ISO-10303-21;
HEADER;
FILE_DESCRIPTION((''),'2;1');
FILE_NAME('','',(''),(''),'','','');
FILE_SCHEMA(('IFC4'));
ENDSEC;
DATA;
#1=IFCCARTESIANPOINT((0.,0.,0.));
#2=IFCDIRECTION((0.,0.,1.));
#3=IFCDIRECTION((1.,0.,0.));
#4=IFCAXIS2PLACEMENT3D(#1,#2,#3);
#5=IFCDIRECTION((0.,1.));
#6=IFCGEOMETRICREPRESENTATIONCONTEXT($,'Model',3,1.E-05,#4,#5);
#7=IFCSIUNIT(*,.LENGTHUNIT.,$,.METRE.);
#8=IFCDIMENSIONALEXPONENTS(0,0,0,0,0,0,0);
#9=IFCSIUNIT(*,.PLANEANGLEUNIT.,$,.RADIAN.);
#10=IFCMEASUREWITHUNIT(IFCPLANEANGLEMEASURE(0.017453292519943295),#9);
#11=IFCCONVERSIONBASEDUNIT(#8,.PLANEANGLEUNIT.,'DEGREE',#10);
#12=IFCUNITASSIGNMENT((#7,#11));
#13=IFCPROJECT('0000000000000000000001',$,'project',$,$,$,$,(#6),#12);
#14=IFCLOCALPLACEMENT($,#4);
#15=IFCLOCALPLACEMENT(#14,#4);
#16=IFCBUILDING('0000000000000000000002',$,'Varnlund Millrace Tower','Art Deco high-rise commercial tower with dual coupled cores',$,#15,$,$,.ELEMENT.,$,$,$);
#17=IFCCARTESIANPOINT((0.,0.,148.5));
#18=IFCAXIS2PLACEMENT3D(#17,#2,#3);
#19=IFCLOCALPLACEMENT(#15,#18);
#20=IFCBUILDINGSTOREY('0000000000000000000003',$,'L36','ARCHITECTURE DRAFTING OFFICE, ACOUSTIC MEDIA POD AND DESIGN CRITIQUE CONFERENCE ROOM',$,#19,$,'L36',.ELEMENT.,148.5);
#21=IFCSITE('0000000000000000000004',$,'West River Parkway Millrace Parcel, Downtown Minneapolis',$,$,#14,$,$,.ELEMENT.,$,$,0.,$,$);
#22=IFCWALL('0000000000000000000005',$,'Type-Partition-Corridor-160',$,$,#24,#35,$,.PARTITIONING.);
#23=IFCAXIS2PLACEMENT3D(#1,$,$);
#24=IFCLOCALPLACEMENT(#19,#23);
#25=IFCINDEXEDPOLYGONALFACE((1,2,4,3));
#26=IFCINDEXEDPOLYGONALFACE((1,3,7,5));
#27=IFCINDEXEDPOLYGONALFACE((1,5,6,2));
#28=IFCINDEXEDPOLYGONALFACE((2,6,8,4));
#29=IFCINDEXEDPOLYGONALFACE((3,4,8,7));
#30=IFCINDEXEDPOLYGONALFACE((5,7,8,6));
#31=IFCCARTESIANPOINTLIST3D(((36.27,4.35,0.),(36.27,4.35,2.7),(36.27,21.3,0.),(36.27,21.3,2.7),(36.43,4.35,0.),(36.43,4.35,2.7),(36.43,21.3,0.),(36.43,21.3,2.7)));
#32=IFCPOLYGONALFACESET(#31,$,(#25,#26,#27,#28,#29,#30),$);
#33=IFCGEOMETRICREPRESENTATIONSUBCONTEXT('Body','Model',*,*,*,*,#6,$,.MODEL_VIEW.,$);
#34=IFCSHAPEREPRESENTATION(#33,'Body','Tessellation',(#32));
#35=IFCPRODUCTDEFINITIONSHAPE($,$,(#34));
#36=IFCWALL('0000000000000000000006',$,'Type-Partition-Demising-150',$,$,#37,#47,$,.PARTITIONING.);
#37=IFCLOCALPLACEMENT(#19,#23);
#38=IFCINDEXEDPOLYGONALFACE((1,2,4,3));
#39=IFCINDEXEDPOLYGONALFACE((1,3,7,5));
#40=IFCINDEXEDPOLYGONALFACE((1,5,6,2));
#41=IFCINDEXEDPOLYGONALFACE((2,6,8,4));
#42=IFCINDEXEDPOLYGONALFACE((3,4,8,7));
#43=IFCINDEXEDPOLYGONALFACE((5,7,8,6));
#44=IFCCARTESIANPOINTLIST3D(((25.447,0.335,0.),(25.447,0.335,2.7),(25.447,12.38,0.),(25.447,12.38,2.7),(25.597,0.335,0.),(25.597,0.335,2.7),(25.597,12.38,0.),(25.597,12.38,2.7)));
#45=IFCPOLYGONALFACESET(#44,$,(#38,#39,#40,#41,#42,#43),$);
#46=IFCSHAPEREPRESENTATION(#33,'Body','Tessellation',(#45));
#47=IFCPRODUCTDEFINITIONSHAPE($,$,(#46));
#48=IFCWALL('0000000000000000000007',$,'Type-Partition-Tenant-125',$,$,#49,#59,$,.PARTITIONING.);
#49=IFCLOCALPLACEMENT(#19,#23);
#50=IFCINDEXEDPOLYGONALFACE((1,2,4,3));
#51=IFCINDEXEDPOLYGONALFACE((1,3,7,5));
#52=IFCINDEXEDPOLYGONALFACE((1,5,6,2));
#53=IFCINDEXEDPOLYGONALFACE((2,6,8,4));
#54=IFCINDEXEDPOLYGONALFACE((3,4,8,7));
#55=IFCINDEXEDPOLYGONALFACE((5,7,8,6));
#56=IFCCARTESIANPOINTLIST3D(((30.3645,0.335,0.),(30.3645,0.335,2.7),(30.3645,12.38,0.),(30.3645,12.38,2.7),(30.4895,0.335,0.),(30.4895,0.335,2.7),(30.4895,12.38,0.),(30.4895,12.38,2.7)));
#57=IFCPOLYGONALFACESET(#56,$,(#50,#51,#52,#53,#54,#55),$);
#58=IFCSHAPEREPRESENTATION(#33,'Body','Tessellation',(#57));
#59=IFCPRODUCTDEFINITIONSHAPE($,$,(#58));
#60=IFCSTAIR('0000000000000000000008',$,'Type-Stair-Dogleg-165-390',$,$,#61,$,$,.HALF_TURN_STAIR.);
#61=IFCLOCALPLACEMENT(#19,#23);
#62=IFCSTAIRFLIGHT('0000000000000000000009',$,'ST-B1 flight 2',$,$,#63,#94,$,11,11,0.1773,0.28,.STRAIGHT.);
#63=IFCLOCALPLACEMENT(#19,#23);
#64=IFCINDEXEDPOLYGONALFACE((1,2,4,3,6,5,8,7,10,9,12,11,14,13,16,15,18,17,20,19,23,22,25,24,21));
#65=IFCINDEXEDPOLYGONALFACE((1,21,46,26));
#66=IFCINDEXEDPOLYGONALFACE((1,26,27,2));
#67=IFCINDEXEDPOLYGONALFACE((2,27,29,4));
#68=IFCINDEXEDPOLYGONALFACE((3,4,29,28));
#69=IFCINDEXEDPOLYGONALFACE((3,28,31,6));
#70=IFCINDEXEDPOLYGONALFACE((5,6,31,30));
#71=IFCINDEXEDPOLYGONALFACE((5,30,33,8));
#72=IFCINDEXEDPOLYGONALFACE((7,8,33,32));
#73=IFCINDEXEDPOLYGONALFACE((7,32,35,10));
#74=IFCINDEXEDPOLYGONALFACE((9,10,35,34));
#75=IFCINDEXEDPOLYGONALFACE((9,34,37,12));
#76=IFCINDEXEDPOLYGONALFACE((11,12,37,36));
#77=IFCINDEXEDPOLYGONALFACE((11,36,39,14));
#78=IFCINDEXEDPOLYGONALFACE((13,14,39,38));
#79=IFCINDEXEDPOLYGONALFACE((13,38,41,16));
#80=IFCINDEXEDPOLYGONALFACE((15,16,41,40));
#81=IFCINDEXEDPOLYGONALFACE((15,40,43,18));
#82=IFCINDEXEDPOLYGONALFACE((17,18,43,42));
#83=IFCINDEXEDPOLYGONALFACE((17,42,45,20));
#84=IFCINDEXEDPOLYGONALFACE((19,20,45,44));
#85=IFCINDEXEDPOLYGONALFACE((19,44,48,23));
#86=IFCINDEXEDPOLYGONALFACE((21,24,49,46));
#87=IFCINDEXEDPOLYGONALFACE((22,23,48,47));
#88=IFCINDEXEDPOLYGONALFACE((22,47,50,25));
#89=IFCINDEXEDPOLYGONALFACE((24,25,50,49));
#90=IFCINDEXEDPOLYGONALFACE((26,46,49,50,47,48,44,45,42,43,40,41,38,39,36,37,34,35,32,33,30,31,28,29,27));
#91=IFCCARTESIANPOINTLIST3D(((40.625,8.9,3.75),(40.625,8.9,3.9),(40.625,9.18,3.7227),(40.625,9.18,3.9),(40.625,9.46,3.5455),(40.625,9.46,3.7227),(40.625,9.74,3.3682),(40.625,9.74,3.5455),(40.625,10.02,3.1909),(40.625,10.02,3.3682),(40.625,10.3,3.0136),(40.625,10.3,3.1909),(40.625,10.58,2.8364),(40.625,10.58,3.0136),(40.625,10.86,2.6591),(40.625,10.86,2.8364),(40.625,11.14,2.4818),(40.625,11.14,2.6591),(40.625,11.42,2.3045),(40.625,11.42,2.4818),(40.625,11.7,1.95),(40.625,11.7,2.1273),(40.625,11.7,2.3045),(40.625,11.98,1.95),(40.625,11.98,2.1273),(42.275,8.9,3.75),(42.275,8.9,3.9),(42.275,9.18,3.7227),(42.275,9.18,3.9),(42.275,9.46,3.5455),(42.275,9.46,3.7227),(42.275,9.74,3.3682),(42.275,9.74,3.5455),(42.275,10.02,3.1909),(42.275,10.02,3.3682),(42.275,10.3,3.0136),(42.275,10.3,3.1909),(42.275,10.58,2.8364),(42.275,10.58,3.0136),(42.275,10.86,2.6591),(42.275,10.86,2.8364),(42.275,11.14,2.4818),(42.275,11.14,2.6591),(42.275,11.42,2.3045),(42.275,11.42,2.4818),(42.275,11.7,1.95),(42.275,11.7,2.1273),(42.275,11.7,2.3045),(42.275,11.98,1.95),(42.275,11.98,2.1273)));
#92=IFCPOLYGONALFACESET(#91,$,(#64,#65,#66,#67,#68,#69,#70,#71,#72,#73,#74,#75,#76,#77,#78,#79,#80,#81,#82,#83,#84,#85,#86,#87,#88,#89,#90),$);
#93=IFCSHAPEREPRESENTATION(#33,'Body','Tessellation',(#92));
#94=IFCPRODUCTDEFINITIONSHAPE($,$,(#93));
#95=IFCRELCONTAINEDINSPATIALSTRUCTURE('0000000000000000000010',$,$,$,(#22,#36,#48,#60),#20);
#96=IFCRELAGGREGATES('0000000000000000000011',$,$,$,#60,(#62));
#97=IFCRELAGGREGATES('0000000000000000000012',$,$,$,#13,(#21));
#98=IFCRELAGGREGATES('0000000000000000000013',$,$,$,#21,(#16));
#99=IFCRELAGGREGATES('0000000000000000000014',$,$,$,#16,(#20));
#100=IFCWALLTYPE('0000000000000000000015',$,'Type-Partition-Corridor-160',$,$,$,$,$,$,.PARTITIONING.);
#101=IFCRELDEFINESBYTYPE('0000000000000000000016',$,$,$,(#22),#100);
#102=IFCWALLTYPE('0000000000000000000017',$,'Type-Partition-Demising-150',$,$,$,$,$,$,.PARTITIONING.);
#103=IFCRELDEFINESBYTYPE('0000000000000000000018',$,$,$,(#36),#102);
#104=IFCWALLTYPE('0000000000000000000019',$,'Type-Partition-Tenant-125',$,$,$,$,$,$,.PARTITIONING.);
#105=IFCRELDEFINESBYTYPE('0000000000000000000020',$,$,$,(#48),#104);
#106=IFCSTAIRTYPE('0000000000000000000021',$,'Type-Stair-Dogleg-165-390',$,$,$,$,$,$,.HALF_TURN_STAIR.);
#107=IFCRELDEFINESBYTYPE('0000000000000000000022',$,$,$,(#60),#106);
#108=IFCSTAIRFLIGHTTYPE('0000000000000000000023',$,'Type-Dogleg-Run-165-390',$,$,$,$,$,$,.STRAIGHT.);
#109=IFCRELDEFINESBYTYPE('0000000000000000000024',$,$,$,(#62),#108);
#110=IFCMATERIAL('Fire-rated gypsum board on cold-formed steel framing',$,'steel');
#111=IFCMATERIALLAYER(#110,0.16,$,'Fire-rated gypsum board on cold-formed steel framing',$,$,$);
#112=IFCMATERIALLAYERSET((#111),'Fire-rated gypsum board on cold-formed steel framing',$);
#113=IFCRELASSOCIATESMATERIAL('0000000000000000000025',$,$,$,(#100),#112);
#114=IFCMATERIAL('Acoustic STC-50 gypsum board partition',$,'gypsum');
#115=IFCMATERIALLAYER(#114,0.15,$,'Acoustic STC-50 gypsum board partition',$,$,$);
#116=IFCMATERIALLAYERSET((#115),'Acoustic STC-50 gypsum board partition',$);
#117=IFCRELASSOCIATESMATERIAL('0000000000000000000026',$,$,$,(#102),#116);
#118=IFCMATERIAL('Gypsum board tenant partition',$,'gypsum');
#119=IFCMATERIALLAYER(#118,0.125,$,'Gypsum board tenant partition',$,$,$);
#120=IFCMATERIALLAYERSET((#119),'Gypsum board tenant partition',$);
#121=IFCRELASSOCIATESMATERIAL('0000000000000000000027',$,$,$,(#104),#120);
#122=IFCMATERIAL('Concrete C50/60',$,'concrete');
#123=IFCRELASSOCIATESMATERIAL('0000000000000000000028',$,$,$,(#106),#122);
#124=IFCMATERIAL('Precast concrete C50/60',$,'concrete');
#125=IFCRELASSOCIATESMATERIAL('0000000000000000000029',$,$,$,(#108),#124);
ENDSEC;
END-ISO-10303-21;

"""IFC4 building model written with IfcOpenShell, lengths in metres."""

from ifc_helpers import new_model, entity, si_unit, converted_unit, direction, frame, origin_with_axes, place, context, subcontext, project, spatial, polyline, outline, extrude, material, layer, layer_set, type_object, element, aggregate, save


model = new_model("IFC4")

# Units and contexts
model_context = context("Model", 3, precision=1e-05, world=origin_with_axes(), true_north=direction((0.0, 1.0)))
body_context = subcontext(model_context, "Body", "Model", "MODEL_VIEW")
ifc_project = project(units=[si_unit("LENGTHUNIT", "METRE"), converted_unit("PLANEANGLEUNIT", "DEGREE", entity("IfcPlaneAngleMeasure", 0.017453292519943295), si_unit("PLANEANGLEUNIT", "RADIAN"), dimensions=[0, 0, 0, 0, 0, 0, 0])], contexts=[model_context])

# Site, building, storey
site_placement = place(None, origin_with_axes())
site = spatial("IfcSite", under=ifc_project, at=site_placement, Name="West River Parkway Millrace Parcel, Downtown Minneapolis", CompositionType="ELEMENT", RefElevation=0.0)
building_placement = place(site_placement, origin_with_axes())
building = spatial("IfcBuilding", under=site, at=building_placement, Name="Varnlund Millrace Tower", Description="Art Deco high-rise commercial tower with dual coupled cores", CompositionType="ELEMENT")
storey_placement = place(building_placement, frame((0.0, 0.0, 148.5), z_axis=(0.0, 0.0, 1.0), x_axis=(1.0, 0.0, 0.0)))
storey = spatial("IfcBuildingStorey", under=building, at=storey_placement, Name="L36", Description="ARCHITECTURE DRAFTING OFFICE, ACOUSTIC MEDIA POD AND DESIGN CRITIQUE CONFERENCE ROOM", LongName="L36", CompositionType="ELEMENT", Elevation=148.5)

# Walls
ifc_material_1 = material(Name="Fire-rated gypsum board on cold-formed steel framing", Category="steel")
ifc_layer_1 = layer(ifc_material_1, 0.16, Name="Fire-rated gypsum board on cold-formed steel framing")
ifc_layer_set_1 = layer_set([ifc_layer_1], Name="Fire-rated gypsum board on cold-formed steel framing")
wall_type_1 = type_object("IfcWallType", Name="Type-Partition-Corridor-160", PredefinedType="PARTITIONING", material=ifc_layer_set_1)
wall_1_placement = place(storey_placement, frame((36.35, 4.35, 0.0), z_axis=(0.0, 0.0, 1.0), x_axis=(0.0, 1.0, 0.0)))
element("IfcWall", 1, at=wall_1_placement, inside=storey, type_object=wall_type_1, Name="Type-Partition-Corridor-160", PredefinedType="PARTITIONING", context=body_context, shape_type="SweptSolid", body=[
    extrude(outline(polyline([(0.0, -0.08), (16.95, -0.08), (16.95, 0.08), (0.0, 0.08), (0.0, -0.08)])), origin_with_axes(), (0.0, 0.0, 1.0), 2.7),
])
ifc_material_2 = material(Name="Acoustic STC-50 gypsum board partition", Category="gypsum")
ifc_layer_2 = layer(ifc_material_2, 0.15, Name="Acoustic STC-50 gypsum board partition")
ifc_layer_set_2 = layer_set([ifc_layer_2], Name="Acoustic STC-50 gypsum board partition")
wall_type_2 = type_object("IfcWallType", Name="Type-Partition-Demising-150", PredefinedType="PARTITIONING", material=ifc_layer_set_2)
wall_2_placement = place(storey_placement, frame((25.522, 0.335, 0.0), z_axis=(0.0, 0.0, 1.0), x_axis=(0.0, 1.0, 0.0)))
element("IfcWall", 2, at=wall_2_placement, inside=storey, type_object=wall_type_2, Name="Type-Partition-Demising-150", PredefinedType="PARTITIONING", context=body_context, shape_type="SweptSolid", body=[
    extrude(outline(polyline([(0.0, -0.075), (12.045, -0.075), (12.045, 0.075), (0.0, 0.075), (0.0, -0.075)])), origin_with_axes(), (0.0, 0.0, 1.0), 2.7),
])
ifc_material_3 = material(Name="Gypsum board tenant partition", Category="gypsum")
ifc_layer_3 = layer(ifc_material_3, 0.125, Name="Gypsum board tenant partition")
ifc_layer_set_3 = layer_set([ifc_layer_3], Name="Gypsum board tenant partition")
wall_type_3 = type_object("IfcWallType", Name="Type-Partition-Tenant-125", PredefinedType="PARTITIONING", material=ifc_layer_set_3)
wall_3_placement = place(storey_placement, frame((30.427, 0.335, 0.0), z_axis=(0.0, 0.0, 1.0), x_axis=(0.0, 1.0, 0.0)))
element("IfcWall", 3, at=wall_3_placement, inside=storey, type_object=wall_type_3, Name="Type-Partition-Tenant-125", PredefinedType="PARTITIONING", context=body_context, shape_type="SweptSolid", body=[
    extrude(outline(polyline([(0.0, -0.0625), (12.045, -0.0625), (12.045, 0.0625), (0.0, 0.0625), (0.0, -0.0625)])), origin_with_axes(), (0.0, 0.0, 1.0), 2.7),
])

# Stair, stair flight
ifc_material_4 = material(Name="Concrete C50/60", Category="concrete")
stair_type = type_object("IfcStairType", Name="Type-Stair-Dogleg-165-390", PredefinedType="HALF_TURN_STAIR", material=ifc_material_4)
stair_placement = place(storey_placement, origin_with_axes())
stair = element("IfcStair", 4, at=stair_placement, inside=storey, type_object=stair_type, Name="Type-Stair-Dogleg-165-390", PredefinedType="HALF_TURN_STAIR")
ifc_material_5 = material(Name="Precast concrete C50/60", Category="concrete")
stair_flight_type = type_object("IfcStairFlightType", Name="Type-Dogleg-Run-165-390", PredefinedType="STRAIGHT", material=ifc_material_5)
stair_flight_placement = place(storey_placement, frame((42.275, 11.98, 1.95), z_axis=(-1.0, 0.0, 0.0), x_axis=(0.0, -1.0, 0.0)))
stair_flight = element("IfcStairFlight", 5, at=stair_flight_placement, type_object=stair_flight_type, Name="ST-B1 flight 2", NumberOfRisers=11, NumberOfTreads=11, PredefinedType="STRAIGHT", RiserHeight=0.1773, TreadLength=0.28, context=body_context, shape_type="SweptSolid", body=[
    extrude(outline(polyline([(0.0, 0.0), (0.0, 0.1773), (0.28, 0.1773), (0.28, 0.3545), (0.56, 0.3545), (0.56, 0.5318), (0.84, 0.5318), (0.84, 0.7091), (1.12, 0.7091), (1.12, 0.8864), (1.4, 0.8864), (1.4, 1.0636), (1.68, 1.0636), (1.68, 1.2409), (1.96, 1.2409), (1.96, 1.4182), (2.24, 1.4182), (2.24, 1.5955), (2.52, 1.5955), (2.52, 1.7727), (2.8, 1.7727), (2.8, 1.95), (3.08, 1.95), (3.08, 1.8), (0.28, 0.0), (0.0, 0.0)])), origin_with_axes(), (0.0, 0.0, 1.0), 1.65),
])
aggregate(stair, [stair_flight])

save(model, "model.ifc")
